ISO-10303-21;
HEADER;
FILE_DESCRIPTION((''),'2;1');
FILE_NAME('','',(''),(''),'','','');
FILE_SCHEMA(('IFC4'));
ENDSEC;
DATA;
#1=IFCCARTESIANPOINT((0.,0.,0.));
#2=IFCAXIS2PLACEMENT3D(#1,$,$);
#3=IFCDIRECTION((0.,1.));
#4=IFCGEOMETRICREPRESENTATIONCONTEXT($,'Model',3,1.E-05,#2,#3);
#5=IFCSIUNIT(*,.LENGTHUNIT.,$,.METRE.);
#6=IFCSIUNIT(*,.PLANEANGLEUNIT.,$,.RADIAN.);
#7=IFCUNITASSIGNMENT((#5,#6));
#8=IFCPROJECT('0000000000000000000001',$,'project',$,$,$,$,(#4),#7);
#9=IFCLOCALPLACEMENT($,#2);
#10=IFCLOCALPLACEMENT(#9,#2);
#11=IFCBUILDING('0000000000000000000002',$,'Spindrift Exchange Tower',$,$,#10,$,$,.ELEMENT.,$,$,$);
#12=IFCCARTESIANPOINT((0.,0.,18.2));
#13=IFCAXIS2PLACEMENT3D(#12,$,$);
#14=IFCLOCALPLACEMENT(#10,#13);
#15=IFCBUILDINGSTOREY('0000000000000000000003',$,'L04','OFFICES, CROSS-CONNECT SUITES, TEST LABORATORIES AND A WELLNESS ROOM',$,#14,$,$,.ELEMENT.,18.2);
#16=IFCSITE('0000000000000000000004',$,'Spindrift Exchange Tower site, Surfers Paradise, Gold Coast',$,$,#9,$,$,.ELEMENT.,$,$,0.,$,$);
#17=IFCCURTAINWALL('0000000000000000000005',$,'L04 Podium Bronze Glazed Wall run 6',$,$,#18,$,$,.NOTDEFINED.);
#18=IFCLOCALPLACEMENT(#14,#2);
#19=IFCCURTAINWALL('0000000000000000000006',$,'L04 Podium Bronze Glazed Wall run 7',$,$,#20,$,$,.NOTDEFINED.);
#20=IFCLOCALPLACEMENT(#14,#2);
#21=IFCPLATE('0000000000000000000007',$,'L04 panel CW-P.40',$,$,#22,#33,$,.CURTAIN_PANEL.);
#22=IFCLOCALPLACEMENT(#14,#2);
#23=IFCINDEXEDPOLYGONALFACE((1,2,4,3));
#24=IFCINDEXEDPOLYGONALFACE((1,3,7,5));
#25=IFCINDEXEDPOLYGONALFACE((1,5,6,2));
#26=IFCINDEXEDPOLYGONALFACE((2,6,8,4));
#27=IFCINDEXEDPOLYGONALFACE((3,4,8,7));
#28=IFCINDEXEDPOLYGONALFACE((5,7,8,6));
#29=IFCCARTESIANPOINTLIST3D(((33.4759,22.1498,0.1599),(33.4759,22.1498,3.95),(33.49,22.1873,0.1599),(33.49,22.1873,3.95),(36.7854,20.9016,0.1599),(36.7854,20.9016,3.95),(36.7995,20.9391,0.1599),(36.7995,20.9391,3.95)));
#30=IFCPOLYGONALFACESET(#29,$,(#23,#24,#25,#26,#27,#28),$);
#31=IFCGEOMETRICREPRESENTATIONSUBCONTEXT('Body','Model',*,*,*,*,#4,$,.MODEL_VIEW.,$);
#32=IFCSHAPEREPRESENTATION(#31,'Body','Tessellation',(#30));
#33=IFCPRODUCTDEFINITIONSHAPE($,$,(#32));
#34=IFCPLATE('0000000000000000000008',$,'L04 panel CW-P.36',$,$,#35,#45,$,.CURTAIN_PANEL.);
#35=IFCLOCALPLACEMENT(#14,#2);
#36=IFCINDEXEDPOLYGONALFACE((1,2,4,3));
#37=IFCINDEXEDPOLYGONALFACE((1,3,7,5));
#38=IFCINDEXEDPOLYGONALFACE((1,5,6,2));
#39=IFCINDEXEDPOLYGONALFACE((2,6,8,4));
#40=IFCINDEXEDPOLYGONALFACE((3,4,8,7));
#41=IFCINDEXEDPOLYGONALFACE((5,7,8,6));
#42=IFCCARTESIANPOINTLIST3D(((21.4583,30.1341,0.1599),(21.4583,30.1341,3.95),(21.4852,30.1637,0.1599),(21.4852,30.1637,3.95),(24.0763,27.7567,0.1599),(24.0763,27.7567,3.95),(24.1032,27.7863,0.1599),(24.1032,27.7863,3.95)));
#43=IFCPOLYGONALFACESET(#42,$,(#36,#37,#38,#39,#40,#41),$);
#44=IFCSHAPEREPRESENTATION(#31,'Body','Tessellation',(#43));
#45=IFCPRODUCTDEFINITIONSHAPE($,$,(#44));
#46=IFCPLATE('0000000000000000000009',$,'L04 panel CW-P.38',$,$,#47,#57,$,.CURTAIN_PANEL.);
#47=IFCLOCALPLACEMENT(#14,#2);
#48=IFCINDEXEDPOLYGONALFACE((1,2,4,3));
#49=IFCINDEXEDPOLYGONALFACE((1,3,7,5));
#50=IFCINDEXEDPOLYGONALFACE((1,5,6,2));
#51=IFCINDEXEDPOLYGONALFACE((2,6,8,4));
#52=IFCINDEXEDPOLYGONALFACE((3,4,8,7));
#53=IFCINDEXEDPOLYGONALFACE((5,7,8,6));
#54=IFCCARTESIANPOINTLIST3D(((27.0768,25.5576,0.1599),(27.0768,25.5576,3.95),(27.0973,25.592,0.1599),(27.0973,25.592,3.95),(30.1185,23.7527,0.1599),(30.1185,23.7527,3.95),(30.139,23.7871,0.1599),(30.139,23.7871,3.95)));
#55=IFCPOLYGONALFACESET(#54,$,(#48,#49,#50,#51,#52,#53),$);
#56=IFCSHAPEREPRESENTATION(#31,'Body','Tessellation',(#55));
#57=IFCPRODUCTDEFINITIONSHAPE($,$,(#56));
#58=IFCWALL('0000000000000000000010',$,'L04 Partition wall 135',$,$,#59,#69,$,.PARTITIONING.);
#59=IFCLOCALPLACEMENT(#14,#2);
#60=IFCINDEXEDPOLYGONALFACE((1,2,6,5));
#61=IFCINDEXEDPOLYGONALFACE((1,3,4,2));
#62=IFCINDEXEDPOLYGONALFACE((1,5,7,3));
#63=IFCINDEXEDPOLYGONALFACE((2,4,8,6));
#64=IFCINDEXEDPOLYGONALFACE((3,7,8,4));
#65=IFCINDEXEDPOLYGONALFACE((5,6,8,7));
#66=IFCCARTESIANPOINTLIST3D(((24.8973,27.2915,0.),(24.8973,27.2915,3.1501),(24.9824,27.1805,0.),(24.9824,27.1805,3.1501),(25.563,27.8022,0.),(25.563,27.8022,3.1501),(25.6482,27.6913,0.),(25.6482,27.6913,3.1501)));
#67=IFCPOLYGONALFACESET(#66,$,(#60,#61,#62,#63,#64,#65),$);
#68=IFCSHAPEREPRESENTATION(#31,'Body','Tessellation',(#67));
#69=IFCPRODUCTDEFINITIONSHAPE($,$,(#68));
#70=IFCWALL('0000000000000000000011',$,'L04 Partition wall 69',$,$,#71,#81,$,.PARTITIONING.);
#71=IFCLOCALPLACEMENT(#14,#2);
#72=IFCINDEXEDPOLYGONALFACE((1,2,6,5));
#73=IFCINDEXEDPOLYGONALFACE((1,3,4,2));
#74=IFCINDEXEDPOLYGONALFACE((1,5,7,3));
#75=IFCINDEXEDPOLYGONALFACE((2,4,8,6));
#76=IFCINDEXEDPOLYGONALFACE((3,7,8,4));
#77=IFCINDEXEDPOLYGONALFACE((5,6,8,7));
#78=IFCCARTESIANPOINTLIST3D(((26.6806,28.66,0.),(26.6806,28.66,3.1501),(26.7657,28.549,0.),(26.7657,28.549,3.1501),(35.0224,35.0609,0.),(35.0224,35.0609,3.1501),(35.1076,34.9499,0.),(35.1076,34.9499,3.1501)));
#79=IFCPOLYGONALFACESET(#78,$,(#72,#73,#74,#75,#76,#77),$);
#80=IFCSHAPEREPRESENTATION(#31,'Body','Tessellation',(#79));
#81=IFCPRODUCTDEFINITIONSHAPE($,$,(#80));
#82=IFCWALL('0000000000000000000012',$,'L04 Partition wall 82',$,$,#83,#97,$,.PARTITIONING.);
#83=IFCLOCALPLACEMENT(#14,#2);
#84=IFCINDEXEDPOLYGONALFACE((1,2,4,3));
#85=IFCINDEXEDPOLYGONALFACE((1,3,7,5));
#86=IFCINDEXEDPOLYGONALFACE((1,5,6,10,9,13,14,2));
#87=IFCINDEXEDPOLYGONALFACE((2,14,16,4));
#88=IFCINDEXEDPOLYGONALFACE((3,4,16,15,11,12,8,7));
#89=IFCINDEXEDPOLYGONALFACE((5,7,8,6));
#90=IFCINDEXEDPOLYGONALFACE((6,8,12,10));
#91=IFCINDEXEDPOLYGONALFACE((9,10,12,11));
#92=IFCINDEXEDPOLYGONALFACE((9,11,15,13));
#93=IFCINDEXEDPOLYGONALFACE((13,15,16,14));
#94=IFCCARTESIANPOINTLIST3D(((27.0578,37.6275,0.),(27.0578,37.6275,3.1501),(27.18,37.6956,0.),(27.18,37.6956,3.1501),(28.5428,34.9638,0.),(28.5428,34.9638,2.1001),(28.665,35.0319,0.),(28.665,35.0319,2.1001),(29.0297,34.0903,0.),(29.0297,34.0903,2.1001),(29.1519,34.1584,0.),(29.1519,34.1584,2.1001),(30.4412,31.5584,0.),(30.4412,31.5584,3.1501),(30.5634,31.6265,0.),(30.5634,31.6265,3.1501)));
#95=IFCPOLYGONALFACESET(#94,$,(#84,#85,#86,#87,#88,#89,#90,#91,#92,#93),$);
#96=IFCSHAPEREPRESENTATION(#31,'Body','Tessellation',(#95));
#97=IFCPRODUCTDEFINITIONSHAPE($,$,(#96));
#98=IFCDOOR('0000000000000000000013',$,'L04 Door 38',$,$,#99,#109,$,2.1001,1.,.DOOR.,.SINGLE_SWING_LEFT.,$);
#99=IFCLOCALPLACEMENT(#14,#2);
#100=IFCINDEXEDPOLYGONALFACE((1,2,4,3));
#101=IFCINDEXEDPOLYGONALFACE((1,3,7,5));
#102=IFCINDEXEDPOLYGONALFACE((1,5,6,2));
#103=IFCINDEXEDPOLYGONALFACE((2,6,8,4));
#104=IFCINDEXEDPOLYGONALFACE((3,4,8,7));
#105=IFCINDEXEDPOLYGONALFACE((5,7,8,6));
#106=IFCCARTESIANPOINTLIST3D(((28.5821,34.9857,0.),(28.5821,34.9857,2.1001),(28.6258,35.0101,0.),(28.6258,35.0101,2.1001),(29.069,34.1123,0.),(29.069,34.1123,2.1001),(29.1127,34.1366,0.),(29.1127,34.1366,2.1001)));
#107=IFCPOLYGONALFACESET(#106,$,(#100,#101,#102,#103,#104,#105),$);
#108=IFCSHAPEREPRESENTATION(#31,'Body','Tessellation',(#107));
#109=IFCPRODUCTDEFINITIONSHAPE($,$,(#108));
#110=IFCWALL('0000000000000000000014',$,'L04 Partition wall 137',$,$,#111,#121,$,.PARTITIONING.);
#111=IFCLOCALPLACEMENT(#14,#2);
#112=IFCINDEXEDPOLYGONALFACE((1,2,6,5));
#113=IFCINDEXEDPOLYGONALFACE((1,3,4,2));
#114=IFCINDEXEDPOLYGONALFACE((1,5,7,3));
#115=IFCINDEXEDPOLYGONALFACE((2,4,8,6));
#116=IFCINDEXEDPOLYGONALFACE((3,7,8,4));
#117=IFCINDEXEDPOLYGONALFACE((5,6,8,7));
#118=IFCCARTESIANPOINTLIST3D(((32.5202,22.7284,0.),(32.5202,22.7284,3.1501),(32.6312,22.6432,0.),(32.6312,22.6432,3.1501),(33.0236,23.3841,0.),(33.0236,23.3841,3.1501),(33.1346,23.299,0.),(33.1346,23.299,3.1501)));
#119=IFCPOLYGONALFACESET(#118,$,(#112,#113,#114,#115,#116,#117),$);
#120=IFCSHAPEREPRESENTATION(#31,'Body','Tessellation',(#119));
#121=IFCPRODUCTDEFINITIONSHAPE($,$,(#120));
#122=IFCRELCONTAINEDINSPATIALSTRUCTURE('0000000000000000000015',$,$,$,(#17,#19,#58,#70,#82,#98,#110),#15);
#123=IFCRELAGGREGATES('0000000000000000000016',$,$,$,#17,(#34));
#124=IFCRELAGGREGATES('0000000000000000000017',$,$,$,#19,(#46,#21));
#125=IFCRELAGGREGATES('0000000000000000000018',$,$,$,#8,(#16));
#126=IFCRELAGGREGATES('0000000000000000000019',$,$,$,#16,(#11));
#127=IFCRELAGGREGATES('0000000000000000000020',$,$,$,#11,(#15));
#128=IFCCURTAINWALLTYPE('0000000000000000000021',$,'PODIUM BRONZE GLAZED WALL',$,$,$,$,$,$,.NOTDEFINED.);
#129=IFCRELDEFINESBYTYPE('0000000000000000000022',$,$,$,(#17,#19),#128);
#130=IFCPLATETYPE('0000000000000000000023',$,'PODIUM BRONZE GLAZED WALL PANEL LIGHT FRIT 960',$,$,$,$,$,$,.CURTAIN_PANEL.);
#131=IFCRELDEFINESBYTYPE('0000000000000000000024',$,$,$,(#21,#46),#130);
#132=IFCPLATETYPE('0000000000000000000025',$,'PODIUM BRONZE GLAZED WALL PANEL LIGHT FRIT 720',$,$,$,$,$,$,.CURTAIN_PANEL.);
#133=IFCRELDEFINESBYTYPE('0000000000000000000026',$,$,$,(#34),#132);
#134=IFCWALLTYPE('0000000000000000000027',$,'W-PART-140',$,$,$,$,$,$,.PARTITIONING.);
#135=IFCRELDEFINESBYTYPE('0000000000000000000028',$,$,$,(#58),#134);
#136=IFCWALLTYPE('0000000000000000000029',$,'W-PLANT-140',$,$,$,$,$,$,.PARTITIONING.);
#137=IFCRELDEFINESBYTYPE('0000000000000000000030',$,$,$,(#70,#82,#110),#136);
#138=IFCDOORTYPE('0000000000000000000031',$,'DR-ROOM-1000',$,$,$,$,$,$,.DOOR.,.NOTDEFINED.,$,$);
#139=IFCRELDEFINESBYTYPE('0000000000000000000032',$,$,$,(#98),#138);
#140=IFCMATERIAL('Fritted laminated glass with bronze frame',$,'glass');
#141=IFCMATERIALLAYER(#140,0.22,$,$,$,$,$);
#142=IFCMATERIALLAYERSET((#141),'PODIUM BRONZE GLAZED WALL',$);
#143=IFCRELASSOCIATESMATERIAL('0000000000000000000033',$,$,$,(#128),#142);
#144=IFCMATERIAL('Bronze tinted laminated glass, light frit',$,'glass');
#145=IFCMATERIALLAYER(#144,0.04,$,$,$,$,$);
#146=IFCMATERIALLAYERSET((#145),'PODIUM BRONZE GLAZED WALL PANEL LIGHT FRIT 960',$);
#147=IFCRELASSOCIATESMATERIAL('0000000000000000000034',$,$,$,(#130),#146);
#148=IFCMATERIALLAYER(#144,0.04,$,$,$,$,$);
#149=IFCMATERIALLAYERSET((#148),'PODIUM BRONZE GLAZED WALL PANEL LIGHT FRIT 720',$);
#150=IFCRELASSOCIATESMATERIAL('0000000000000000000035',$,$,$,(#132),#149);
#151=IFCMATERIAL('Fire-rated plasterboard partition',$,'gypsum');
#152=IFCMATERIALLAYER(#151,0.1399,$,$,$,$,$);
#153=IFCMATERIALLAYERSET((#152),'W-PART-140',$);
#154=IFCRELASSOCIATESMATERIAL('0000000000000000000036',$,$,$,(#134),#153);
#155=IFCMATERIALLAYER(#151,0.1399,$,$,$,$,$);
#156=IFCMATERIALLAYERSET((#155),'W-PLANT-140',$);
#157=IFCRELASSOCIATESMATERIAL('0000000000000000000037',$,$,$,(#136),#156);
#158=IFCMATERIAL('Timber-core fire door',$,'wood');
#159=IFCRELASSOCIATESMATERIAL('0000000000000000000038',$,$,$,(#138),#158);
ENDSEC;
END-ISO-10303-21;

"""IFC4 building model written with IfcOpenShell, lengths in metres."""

from ifc_helpers import new_model, si_unit, direction, frame, frame_2d, origin, origin_2d, place, context, subcontext, project, spatial, rectangle, extrude, source, transform, mapped, material, layer, layer_set, type_object, element, fill, aggregate, save


model = new_model("IFC4")

# Units and contexts
model_context = context("Model", 3, precision=1e-05, world=origin(), true_north=direction((0.0, 1.0)))
body_context = subcontext(model_context, "Body", "Model", "MODEL_VIEW")
ifc_project = project(units=[si_unit("LENGTHUNIT", "METRE"), si_unit("PLANEANGLEUNIT", "RADIAN")], contexts=[model_context])

# Site, building, storey
site_placement = place(None, origin())
site = spatial("IfcSite", under=ifc_project, at=site_placement, Name="Spindrift Exchange Tower site, Surfers Paradise, Gold Coast", CompositionType="ELEMENT", RefElevation=0.0)
building_placement = place(site_placement, origin())
building = spatial("IfcBuilding", under=site, at=building_placement, Name="Spindrift Exchange Tower", CompositionType="ELEMENT")
storey_placement = place(building_placement, frame((0.0, 0.0, 18.2)))
storey = spatial("IfcBuildingStorey", under=building, at=storey_placement, Name="L04", Description="OFFICES, CROSS-CONNECT SUITES, TEST LABORATORIES AND A WELLNESS ROOM", CompositionType="ELEMENT", Elevation=18.2)

# Curtain wall
ifc_material_1 = material(Name="Fritted laminated glass with bronze frame", Category="glass")
ifc_layer_1 = layer(ifc_material_1, 0.22)
ifc_layer_set_1 = layer_set([ifc_layer_1], Name="PODIUM BRONZE GLAZED WALL")
curtain_wall_type = type_object("IfcCurtainWallType", Name="PODIUM BRONZE GLAZED WALL", PredefinedType="NOTDEFINED", material=ifc_layer_set_1)
curtain_wall_1_placement = place(storey_placement, origin())
curtain_wall_1 = element("IfcCurtainWall", 1, at=curtain_wall_1_placement, inside=storey, type_object=curtain_wall_type, Name="L04 Podium Bronze Glazed Wall run 6", PredefinedType="NOTDEFINED")

# Curtain wall
curtain_wall_2_placement = place(storey_placement, origin())
curtain_wall_2 = element("IfcCurtainWall", 2, at=curtain_wall_2_placement, inside=storey, type_object=curtain_wall_type, Name="L04 Podium Bronze Glazed Wall run 7", PredefinedType="NOTDEFINED")

# Plates
ifc_material_2 = material(Name="Bronze tinted laminated glass, light frit", Category="glass")
ifc_layer_2 = layer(ifc_material_2, 0.04)
ifc_layer_set_2 = layer_set([ifc_layer_2], Name="PODIUM BRONZE GLAZED WALL PANEL LIGHT FRIT 960")
plate_type_1 = type_object("IfcPlateType", Name="PODIUM BRONZE GLAZED WALL PANEL LIGHT FRIT 960", PredefinedType="CURTAIN_PANEL", material=ifc_layer_set_2)
ifc_layer_3 = layer(ifc_material_2, 0.04)
ifc_layer_set_3 = layer_set([ifc_layer_3], Name="PODIUM BRONZE GLAZED WALL PANEL LIGHT FRIT 720")
plate_type_2 = type_object("IfcPlateType", Name="PODIUM BRONZE GLAZED WALL PANEL LIGHT FRIT 720", PredefinedType="CURTAIN_PANEL", material=ifc_layer_set_3)
shared_shape_1 = source(origin(), body_context, "Body", "SweptSolid", [
    extrude(rectangle(XDim=3.5371, YDim=0.04, at=origin_2d()), origin(), (0.0, 0.0, 1.0), 3.79),
])
plate_1_placement = place(storey_placement, frame((35.1377, 21.5444, 0.1599), z_axis=(0.0, 0.0, 1.0), x_axis=(0.935663, -0.352894, 0.0)))
plate_1 = element("IfcPlate", 3, at=plate_1_placement, type_object=plate_type_1, Name="L04 panel CW-P.40", PredefinedType="CURTAIN_PANEL", context=body_context, shape_type="MappedRepresentation", body=[
    mapped(shared_shape_1, transform((0.0, 0.0, 0.0), scale=1.0)),
])
shared_shape_2 = source(origin(), body_context, "Body", "SweptSolid", [
    extrude(rectangle(XDim=3.5364, YDim=0.04, at=origin_2d()), origin(), (0.0, 0.0, 1.0), 3.79),
])
plate_2_placement = place(storey_placement, frame((22.7808, 28.9602, 0.1599), z_axis=(0.0, 0.0, 1.0), x_axis=(0.740316, -0.67226, 0.0)))
plate_2 = element("IfcPlate", 4, at=plate_2_placement, type_object=plate_type_2, Name="L04 panel CW-P.36", PredefinedType="CURTAIN_PANEL", context=body_context, shape_type="MappedRepresentation", body=[
    mapped(shared_shape_2, transform((0.0, 0.0, 0.0), scale=1.0)),
])
aggregate(curtain_wall_1, [plate_2])
shared_shape_3 = source(origin(), body_context, "Body", "SweptSolid", [
    extrude(rectangle(XDim=3.5369, YDim=0.04, at=origin_2d()), origin(), (0.0, 0.0, 1.0), 3.79),
])
plate_3_placement = place(storey_placement, frame((28.6079, 24.6724, 0.1599), z_axis=(0.0, 0.0, 1.0), x_axis=(0.859996, -0.510301, 0.0)))
plate_3 = element("IfcPlate", 5, at=plate_3_placement, type_object=plate_type_1, Name="L04 panel CW-P.38", PredefinedType="CURTAIN_PANEL", context=body_context, shape_type="MappedRepresentation", body=[
    mapped(shared_shape_3, transform((0.0, 0.0, 0.0), scale=1.0)),
])
aggregate(curtain_wall_2, [plate_3, plate_1])

# Walls
ifc_material_3 = material(Name="Fire-rated plasterboard partition", Category="gypsum")
ifc_layer_4 = layer(ifc_material_3, 0.1399)
ifc_layer_set_4 = layer_set([ifc_layer_4], Name="W-PART-140")
wall_type_1 = type_object("IfcWallType", Name="W-PART-140", PredefinedType="PARTITIONING", material=ifc_layer_set_4)
wall_1_placement = place(storey_placement, frame((24.9399, 27.2361, 0.0), z_axis=(0.0, 0.0, 1.0), x_axis=(0.793424, 0.60867, 0.0)))
element("IfcWall", 6, at=wall_1_placement, inside=storey, type_object=wall_type_1, Name="L04 Partition wall 135", PredefinedType="PARTITIONING", context=body_context, shape_type="SweptSolid", body=[
    extrude(rectangle(XDim=0.8391, YDim=0.1399, at=frame_2d((0.4194, 0.0))), origin(), (0.0, 0.0, 1.0), 3.1501),
])
ifc_layer_5 = layer(ifc_material_3, 0.1399)
ifc_layer_set_5 = layer_set([ifc_layer_5], Name="W-PLANT-140")
wall_type_2 = type_object("IfcWallType", Name="W-PLANT-140", PredefinedType="PARTITIONING", material=ifc_layer_set_5)
wall_2_placement = place(storey_placement, frame((26.7231, 28.6045, 0.0), z_axis=(0.0, 0.0, 1.0), x_axis=(0.793354, 0.608761, 0.0)))
element("IfcWall", 7, at=wall_2_placement, inside=storey, type_object=wall_type_2, Name="L04 Partition wall 69", PredefinedType="PARTITIONING", context=body_context, shape_type="SweptSolid", body=[
    extrude(rectangle(XDim=10.5146, YDim=0.1399, at=frame_2d((5.2573, 0.0))), origin(), (0.0, 0.0, 1.0), 3.1501),
])

# Wall, opening, door
wall_3_placement = place(storey_placement, frame((30.5022, 31.5925, 0.0), z_axis=(0.0, 0.0, 1.0), x_axis=(-0.486916, 0.873449, 0.0)))
wall_3 = element("IfcWall", 8, at=wall_3_placement, inside=storey, type_object=wall_type_2, Name="L04 Partition wall 82", PredefinedType="PARTITIONING", context=body_context, shape_type="SweptSolid", body=[
    extrude(rectangle(XDim=6.9485, YDim=0.1399, at=frame_2d((3.4741, 0.0))), origin(), (0.0, 0.0, 1.0), 3.1501),
])
opening_placement = place(wall_3_placement, frame((2.8987, 0.0, 0.0)))
opening = element("IfcOpeningElement", 9, at=opening_placement, cuts=wall_3, PredefinedType="OPENING", context=body_context, shape_type="SweptSolid", body=[
    extrude(rectangle(XDim=1.0, YDim=2.1001, at=frame_2d((0.5, 1.05))), frame((0.0, 0.0798, 0.0), z_axis=(0.0, -1.0, 0.0), x_axis=(1.0, 0.0, 0.0)), (0.0, 0.0, 1.0), 0.1599),
])
ifc_material_4 = material(Name="Timber-core fire door", Category="wood")
door_type = type_object("IfcDoorType", Name="DR-ROOM-1000", OperationType="NOTDEFINED", PredefinedType="DOOR", material=ifc_material_4)
shared_shape_4 = source(origin(), body_context, "Body", "SweptSolid", [
    extrude(rectangle(XDim=1.0, YDim=2.1001, at=frame_2d((0.5, 1.05))), frame((0.0, 0.0249, 0.0), z_axis=(0.0, -1.0, 0.0), x_axis=(1.0, 0.0, 0.0)), (0.0, 0.0, 1.0), 0.05),
])
door_placement = place(opening_placement, origin())
door = element("IfcDoor", 10, at=door_placement, inside=storey, type_object=door_type, Name="L04 Door 38", OperationType="SINGLE_SWING_LEFT", OverallHeight=2.1001, OverallWidth=1.0, PredefinedType="DOOR", context=body_context, shape_type="MappedRepresentation", body=[
    mapped(shared_shape_4, transform((0.0, 0.0, 0.0), scale=1.0)),
])
fill(opening, door)

# Wall
wall_4_placement = place(storey_placement, frame((33.0791, 23.3416, 0.0), z_axis=(0.0, 0.0, 1.0), x_axis=(-0.60894, -0.793216, 0.0)))
element("IfcWall", 11, at=wall_4_placement, inside=storey, type_object=wall_type_2, Name="L04 Partition wall 137", PredefinedType="PARTITIONING", context=body_context, shape_type="SweptSolid", body=[
    extrude(rectangle(XDim=0.8267, YDim=0.1399, at=frame_2d((0.4133, 0.0))), origin(), (0.0, 0.0, 1.0), 3.1501),
])

save(model, "model.ifc")
